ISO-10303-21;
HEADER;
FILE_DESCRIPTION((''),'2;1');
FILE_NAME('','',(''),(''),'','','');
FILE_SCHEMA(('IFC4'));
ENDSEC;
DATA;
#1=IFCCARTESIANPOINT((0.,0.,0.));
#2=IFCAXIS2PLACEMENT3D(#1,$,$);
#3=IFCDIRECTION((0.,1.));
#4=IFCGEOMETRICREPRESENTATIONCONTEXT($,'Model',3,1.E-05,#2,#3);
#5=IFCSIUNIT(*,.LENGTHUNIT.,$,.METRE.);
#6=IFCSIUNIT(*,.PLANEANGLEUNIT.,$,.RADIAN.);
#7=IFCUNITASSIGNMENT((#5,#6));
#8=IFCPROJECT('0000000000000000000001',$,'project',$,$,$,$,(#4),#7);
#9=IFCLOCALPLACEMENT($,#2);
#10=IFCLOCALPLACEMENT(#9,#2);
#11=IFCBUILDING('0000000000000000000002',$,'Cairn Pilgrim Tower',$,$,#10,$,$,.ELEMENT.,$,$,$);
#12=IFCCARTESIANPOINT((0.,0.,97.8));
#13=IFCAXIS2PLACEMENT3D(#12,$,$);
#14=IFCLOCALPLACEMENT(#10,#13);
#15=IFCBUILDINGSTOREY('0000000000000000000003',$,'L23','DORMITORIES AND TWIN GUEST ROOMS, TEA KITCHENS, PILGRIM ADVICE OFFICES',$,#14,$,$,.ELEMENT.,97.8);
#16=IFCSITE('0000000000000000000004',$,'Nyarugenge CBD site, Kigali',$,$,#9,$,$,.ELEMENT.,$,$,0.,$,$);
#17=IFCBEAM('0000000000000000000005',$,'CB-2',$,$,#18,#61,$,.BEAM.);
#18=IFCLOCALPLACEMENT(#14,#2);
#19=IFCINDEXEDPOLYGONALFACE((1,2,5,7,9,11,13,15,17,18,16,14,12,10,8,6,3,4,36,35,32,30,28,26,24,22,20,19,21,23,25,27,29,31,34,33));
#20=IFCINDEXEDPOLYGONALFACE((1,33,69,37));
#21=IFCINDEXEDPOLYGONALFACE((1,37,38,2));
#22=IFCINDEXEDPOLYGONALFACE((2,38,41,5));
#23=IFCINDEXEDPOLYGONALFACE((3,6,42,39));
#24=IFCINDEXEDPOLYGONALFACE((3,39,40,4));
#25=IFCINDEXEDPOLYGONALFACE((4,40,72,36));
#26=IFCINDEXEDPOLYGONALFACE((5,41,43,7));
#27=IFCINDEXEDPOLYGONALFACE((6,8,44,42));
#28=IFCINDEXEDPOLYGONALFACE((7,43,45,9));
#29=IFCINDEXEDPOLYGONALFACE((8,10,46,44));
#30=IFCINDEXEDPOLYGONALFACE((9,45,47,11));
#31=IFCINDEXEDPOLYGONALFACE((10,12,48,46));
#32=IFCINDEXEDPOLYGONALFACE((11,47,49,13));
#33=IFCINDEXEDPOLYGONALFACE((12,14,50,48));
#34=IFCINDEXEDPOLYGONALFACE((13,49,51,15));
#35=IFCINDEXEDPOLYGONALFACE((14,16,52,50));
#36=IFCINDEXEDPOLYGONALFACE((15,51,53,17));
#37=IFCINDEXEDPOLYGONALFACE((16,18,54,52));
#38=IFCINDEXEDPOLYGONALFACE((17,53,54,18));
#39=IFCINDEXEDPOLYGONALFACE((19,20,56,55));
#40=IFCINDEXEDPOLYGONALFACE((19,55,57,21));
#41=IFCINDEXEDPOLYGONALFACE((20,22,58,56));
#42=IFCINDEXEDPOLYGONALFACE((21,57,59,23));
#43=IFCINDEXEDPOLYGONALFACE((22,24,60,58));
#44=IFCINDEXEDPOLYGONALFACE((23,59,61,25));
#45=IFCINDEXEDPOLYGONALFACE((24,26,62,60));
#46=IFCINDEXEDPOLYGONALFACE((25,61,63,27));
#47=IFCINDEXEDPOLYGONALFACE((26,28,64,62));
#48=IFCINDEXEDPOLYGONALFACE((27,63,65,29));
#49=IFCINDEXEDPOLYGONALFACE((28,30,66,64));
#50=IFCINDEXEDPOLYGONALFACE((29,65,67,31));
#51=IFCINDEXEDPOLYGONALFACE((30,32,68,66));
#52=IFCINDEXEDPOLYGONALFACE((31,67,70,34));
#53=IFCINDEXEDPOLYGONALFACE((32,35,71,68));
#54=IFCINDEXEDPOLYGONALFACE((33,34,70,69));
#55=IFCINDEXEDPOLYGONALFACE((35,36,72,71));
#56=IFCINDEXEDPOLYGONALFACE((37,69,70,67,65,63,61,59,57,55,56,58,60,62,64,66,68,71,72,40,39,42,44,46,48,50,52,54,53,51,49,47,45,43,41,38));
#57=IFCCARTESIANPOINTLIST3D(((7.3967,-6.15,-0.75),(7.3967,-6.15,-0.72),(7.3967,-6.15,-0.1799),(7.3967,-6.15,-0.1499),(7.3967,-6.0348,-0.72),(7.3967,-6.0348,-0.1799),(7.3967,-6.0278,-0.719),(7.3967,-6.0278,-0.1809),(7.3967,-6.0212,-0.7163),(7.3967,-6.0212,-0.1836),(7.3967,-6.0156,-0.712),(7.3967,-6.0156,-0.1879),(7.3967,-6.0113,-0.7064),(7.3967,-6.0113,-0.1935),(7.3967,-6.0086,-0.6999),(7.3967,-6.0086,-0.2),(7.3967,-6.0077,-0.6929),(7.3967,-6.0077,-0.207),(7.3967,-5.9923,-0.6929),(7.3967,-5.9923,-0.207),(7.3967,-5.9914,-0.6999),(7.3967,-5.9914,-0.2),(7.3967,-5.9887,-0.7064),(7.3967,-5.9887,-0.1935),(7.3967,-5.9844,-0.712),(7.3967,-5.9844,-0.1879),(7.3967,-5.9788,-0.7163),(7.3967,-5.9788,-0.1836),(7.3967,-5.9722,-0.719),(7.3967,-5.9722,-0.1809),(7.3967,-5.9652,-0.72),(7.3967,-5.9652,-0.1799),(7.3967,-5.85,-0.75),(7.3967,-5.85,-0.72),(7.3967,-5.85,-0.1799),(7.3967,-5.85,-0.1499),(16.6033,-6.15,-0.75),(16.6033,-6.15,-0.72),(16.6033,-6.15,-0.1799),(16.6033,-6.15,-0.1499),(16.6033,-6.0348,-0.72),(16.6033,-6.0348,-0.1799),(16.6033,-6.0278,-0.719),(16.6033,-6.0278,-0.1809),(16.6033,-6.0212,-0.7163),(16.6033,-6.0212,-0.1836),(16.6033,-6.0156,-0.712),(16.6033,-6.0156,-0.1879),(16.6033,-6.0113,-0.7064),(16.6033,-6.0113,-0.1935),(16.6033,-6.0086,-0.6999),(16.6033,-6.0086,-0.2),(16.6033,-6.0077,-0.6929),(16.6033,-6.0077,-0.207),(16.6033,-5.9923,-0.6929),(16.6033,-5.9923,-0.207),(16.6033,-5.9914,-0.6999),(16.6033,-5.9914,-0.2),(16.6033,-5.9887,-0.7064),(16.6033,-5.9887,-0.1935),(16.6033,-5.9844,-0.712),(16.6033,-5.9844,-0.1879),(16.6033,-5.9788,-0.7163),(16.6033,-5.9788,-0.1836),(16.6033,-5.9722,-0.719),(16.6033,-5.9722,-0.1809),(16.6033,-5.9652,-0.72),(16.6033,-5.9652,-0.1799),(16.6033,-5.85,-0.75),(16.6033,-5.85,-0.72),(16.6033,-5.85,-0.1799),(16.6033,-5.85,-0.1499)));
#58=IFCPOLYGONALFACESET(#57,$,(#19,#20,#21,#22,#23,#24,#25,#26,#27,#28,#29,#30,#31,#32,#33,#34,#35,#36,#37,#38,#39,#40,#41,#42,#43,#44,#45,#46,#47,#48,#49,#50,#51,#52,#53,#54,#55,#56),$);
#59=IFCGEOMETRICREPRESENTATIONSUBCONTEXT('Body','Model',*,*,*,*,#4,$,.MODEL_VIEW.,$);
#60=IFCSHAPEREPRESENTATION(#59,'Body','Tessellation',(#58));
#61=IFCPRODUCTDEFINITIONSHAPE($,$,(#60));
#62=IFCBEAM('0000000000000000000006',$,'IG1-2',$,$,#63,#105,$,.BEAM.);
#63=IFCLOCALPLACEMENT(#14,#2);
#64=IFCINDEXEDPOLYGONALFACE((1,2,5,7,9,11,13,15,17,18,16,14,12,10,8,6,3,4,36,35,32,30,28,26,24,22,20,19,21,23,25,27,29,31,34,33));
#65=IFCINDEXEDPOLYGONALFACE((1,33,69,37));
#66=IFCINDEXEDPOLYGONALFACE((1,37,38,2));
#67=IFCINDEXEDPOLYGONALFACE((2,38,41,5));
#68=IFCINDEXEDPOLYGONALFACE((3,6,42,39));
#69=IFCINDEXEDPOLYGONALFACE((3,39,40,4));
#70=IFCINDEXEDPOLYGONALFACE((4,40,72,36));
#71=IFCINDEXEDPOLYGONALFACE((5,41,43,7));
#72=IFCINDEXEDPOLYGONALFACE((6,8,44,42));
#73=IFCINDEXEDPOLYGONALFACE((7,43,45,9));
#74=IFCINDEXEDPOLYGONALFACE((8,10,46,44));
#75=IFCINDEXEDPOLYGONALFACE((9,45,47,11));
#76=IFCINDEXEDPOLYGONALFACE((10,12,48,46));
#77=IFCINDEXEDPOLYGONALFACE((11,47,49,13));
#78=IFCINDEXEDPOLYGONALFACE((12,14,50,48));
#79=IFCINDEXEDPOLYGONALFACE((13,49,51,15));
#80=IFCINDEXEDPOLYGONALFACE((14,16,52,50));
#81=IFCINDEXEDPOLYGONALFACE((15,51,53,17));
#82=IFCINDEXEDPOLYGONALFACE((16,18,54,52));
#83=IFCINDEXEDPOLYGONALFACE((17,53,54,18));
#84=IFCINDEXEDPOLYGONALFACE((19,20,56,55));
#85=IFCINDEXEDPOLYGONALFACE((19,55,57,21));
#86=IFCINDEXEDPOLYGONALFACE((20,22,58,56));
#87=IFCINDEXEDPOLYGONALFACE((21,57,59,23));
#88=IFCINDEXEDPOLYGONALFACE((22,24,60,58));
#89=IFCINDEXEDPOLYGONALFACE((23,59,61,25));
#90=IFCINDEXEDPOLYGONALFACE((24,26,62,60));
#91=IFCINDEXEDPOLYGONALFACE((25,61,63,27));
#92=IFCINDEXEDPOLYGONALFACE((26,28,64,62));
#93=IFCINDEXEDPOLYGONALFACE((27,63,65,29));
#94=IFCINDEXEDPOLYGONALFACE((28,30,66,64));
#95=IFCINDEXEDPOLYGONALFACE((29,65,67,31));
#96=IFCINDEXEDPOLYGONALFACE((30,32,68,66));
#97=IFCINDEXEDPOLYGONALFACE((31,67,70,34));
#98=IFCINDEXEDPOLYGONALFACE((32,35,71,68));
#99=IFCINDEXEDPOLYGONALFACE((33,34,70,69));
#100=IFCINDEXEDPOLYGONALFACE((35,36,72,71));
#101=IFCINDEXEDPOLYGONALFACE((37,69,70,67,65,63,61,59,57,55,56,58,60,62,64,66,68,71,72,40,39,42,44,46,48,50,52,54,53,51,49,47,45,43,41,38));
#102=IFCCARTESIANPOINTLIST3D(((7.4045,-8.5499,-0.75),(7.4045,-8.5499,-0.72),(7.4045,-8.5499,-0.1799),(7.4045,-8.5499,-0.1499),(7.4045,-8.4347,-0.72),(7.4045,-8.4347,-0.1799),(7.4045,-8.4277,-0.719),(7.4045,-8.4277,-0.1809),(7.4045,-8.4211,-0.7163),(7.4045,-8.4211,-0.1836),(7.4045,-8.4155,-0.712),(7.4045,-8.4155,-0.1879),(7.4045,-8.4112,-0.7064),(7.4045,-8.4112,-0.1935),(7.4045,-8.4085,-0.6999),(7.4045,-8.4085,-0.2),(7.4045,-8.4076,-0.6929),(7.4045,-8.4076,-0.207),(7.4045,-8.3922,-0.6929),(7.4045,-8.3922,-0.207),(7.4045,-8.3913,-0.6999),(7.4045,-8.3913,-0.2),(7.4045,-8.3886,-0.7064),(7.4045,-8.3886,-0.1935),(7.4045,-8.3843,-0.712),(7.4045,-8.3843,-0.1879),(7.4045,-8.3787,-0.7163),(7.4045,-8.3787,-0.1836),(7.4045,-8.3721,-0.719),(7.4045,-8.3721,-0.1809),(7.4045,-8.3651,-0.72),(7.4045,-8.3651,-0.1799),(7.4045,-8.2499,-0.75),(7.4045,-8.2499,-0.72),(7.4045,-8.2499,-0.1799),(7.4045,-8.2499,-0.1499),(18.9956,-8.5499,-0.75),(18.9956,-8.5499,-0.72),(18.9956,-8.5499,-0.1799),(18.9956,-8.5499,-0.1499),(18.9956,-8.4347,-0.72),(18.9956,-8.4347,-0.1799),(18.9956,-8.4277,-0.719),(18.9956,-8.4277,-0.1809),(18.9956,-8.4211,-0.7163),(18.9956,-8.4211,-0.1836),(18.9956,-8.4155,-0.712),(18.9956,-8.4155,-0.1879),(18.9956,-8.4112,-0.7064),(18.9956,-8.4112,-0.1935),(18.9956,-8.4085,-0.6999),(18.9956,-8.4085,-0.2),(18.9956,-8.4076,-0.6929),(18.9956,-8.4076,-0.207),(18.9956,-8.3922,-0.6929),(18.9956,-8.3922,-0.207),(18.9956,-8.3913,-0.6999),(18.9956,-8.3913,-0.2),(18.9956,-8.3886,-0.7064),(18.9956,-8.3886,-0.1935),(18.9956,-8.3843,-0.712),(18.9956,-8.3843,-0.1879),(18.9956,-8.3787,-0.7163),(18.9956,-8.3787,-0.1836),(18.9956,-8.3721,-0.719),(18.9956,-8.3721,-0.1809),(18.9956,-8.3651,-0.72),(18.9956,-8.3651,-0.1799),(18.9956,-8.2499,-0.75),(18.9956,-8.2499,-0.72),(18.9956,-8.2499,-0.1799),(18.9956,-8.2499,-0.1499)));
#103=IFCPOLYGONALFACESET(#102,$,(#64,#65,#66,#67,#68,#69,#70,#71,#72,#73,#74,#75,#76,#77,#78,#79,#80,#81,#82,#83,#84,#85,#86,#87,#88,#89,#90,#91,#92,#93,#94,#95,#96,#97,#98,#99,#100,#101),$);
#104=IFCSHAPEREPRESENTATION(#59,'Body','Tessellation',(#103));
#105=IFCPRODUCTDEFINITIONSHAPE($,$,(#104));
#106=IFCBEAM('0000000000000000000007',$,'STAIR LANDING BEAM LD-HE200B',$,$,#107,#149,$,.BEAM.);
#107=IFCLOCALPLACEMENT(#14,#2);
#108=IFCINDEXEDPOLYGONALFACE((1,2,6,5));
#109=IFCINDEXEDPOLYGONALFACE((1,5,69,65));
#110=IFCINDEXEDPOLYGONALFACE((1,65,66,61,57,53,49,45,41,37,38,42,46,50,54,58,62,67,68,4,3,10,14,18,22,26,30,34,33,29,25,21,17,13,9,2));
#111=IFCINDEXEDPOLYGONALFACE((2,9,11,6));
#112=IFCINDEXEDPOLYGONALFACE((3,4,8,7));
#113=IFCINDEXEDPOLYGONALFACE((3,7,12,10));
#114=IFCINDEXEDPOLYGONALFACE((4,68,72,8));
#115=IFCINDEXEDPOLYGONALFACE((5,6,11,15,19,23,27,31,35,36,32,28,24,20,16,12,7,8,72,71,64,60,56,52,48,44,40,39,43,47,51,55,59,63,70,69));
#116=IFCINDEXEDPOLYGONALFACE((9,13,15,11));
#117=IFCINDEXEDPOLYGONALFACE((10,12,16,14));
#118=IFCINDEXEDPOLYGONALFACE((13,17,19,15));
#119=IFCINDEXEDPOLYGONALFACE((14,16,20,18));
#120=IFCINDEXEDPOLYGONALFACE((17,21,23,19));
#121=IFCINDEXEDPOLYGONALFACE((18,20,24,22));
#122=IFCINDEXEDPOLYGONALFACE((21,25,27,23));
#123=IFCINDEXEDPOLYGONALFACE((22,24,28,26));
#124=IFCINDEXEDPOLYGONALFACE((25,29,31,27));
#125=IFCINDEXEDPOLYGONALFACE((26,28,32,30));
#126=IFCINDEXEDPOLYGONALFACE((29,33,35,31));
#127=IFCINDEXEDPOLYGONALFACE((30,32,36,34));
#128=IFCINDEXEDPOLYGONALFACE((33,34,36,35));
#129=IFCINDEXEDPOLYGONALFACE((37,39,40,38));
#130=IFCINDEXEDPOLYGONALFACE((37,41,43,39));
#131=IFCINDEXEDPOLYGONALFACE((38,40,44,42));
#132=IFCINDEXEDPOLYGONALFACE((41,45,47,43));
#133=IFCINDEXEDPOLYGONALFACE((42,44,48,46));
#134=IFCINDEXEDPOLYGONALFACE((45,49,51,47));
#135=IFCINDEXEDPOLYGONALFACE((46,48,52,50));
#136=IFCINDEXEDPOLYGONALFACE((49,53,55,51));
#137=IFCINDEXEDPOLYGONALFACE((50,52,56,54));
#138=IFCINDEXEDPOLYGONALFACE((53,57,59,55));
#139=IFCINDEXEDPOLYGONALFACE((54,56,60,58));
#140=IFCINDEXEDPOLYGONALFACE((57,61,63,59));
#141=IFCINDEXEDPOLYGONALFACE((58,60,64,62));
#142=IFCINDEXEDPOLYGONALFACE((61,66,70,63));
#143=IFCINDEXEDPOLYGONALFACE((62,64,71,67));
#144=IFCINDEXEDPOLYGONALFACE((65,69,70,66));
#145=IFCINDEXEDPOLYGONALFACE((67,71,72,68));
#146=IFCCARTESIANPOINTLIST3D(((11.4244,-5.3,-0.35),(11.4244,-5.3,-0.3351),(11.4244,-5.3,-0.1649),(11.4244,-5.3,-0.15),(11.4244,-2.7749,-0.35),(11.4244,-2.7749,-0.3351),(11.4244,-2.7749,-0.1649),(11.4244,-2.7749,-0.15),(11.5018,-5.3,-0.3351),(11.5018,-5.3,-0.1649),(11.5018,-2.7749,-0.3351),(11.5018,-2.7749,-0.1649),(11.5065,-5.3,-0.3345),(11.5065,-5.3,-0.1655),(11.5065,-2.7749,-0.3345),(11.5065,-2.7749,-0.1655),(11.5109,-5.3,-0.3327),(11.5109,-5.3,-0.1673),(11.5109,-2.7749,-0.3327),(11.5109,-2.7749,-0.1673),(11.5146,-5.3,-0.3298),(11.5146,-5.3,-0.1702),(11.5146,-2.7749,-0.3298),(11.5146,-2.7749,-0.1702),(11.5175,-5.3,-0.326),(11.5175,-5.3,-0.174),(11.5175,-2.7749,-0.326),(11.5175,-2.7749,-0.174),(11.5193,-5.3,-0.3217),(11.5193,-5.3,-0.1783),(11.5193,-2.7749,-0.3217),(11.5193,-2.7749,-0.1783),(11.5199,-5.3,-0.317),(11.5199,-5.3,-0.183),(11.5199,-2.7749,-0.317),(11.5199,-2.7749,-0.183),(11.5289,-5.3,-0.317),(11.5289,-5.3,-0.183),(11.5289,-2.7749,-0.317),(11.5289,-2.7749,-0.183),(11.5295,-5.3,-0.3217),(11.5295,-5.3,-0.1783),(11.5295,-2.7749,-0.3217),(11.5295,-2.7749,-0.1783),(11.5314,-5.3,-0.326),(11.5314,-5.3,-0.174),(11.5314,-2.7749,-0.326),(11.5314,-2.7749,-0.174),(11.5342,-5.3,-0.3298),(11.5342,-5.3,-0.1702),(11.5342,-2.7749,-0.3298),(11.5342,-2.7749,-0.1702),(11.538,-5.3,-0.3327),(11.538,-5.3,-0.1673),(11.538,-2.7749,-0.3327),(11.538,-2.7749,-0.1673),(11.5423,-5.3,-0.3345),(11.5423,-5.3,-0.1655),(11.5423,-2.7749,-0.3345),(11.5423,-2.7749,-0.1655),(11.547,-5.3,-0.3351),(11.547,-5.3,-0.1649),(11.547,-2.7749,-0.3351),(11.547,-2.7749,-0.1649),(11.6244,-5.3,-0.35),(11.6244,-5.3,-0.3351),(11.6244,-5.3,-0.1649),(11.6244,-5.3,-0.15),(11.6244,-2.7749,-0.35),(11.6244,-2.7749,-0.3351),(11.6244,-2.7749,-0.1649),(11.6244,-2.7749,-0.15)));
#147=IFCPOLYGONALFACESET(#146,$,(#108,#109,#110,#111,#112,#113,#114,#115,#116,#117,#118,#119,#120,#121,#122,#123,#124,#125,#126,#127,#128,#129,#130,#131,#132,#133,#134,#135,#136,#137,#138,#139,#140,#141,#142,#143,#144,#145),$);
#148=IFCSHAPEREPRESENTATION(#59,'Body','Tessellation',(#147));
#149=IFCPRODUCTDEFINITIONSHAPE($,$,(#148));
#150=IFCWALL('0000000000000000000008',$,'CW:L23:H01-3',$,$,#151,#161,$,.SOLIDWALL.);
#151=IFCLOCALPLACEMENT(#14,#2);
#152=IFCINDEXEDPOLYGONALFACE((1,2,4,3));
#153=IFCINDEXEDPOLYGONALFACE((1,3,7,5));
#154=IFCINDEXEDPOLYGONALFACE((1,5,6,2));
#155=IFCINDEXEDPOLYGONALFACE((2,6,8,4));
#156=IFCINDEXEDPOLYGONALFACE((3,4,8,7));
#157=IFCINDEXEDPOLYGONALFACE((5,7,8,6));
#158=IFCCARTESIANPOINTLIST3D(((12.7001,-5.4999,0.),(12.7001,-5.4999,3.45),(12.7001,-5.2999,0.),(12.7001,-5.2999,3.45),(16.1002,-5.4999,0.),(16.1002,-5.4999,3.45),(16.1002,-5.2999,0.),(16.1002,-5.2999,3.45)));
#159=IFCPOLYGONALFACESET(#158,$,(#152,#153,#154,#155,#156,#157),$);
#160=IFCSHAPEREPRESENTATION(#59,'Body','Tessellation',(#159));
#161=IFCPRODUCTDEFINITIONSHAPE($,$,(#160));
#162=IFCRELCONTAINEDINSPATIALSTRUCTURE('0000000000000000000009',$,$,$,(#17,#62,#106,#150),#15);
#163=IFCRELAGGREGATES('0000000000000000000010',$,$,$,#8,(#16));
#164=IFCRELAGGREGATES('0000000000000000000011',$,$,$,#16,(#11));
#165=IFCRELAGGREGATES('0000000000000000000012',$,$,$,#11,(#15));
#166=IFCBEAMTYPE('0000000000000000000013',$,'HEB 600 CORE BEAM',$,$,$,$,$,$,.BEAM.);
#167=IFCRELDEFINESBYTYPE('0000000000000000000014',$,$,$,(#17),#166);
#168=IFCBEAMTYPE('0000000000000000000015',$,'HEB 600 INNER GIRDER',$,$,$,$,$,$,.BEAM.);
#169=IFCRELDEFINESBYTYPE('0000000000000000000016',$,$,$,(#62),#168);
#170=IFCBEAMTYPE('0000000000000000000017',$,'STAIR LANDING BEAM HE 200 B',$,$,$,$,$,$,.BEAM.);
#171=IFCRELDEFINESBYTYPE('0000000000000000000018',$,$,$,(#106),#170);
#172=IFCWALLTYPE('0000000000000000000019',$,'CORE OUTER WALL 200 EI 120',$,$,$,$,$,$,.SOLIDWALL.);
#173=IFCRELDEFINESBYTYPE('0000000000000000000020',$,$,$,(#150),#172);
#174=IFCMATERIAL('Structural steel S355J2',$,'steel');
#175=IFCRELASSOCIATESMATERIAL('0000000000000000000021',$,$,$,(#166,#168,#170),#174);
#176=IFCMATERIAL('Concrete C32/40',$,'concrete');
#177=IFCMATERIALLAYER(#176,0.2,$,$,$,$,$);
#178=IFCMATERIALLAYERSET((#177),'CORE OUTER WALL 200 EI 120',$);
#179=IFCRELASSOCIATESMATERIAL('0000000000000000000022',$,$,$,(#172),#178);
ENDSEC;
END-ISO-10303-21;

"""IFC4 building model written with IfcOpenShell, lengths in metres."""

from ifc_helpers import new_model, si_unit, direction, frame, frame_2d, origin, origin_2d, place, context, subcontext, project, spatial, rectangle, i_section, extrude, material, layer, layer_set, material_profile, profile_set, type_object, element, save


model = new_model("IFC4")

# Units and contexts
model_context = context("Model", 3, precision=1e-05, world=origin(), true_north=direction((0.0, 1.0)))
body_context = subcontext(model_context, "Body", "Model", "MODEL_VIEW")
ifc_project = project(units=[si_unit("LENGTHUNIT", "METRE"), si_unit("PLANEANGLEUNIT", "RADIAN")], contexts=[model_context])

# Site, building, storey
site_placement = place(None, origin())
site = spatial("IfcSite", under=ifc_project, at=site_placement, Name="Nyarugenge CBD site, Kigali", CompositionType="ELEMENT", RefElevation=0.0)
building_placement = place(site_placement, origin())
building = spatial("IfcBuilding", under=site, at=building_placement, Name="Cairn Pilgrim Tower", CompositionType="ELEMENT")
storey_placement = place(building_placement, frame((0.0, 0.0, 97.8)))
storey = spatial("IfcBuildingStorey", under=building, at=storey_placement, Name="L23", Description="DORMITORIES AND TWIN GUEST ROOMS, TEA KITCHENS, PILGRIM ADVICE OFFICES", CompositionType="ELEMENT", Elevation=97.8)

# Beams
ifc_material_1 = material(Name="Structural steel S355J2", Category="steel")
ifc_material_profile_1 = material_profile(ifc_material_1, i_section(OverallWidth=0.3, OverallDepth=0.6001, WebThickness=0.0154, FlangeThickness=0.03, FilletRadius=0.0271, at=origin_2d()), Name="HEB 600")
ifc_profile_set_1 = profile_set([ifc_material_profile_1], Name="Structural steel S355J2")
beam_type_1 = type_object("IfcBeamType", Name="HEB 600 CORE BEAM", PredefinedType="BEAM", material=ifc_profile_set_1)
beam_1_placement = place(storey_placement, frame((7.3967, -6.0, -0.45), z_axis=(1.0, 0.0, 0.0), x_axis=(0.0, 1.0, 0.0)))
element("IfcBeam", 1, at=beam_1_placement, inside=storey, type_object=beam_type_1, Name="CB-2", PredefinedType="BEAM", context=body_context, shape_type="SweptSolid", body=[
    extrude(i_section(OverallWidth=0.3, OverallDepth=0.6001, WebThickness=0.0154, FlangeThickness=0.03, FilletRadius=0.0271, at=origin_2d()), origin(), (0.0, 0.0, 1.0), 9.2065),
])
ifc_material_profile_2 = material_profile(ifc_material_1, i_section(OverallWidth=0.3, OverallDepth=0.6001, WebThickness=0.0154, FlangeThickness=0.03, FilletRadius=0.0271, at=origin_2d()), Name="HEB 600")
ifc_profile_set_2 = profile_set([ifc_material_profile_2], Name="Structural steel S355J2")
beam_type_2 = type_object("IfcBeamType", Name="HEB 600 INNER GIRDER", PredefinedType="BEAM", material=ifc_profile_set_2)
beam_2_placement = place(storey_placement, frame((7.4045, -8.3999, -0.45), z_axis=(1.0, 0.0, 0.0), x_axis=(0.0, 1.0, 0.0)))
element("IfcBeam", 2, at=beam_2_placement, inside=storey, type_object=beam_type_2, Name="IG1-2", PredefinedType="BEAM", context=body_context, shape_type="SweptSolid", body=[
    extrude(i_section(OverallWidth=0.3, OverallDepth=0.6001, WebThickness=0.0154, FlangeThickness=0.03, FilletRadius=0.0271, at=origin_2d()), origin(), (0.0, 0.0, 1.0), 11.5911),
])
ifc_material_profile_3 = material_profile(ifc_material_1, i_section(OverallWidth=0.2, OverallDepth=0.2, WebThickness=0.009, FlangeThickness=0.0149, FilletRadius=0.0181, at=origin_2d()), Name="HE 200 B")
ifc_profile_set_3 = profile_set([ifc_material_profile_3], Name="Structural steel S355J2")
beam_type_3 = type_object("IfcBeamType", Name="STAIR LANDING BEAM HE 200 B", PredefinedType="BEAM", material=ifc_profile_set_3)
beam_3_placement = place(storey_placement, frame((11.5244, -2.7749, -0.25), z_axis=(0.0, -1.0, 0.0), x_axis=(1.0, 0.0, 0.0)))
element("IfcBeam", 3, at=beam_3_placement, inside=storey, type_object=beam_type_3, Name="STAIR LANDING BEAM LD-HE200B", PredefinedType="BEAM", context=body_context, shape_type="SweptSolid", body=[
    extrude(i_section(OverallWidth=0.2, OverallDepth=0.2, WebThickness=0.009, FlangeThickness=0.0149, FilletRadius=0.0181, at=origin_2d()), origin(), (0.0, 0.0, 1.0), 2.5251),
])

# Wall
ifc_material_2 = material(Name="Concrete C32/40", Category="concrete")
ifc_layer_1 = layer(ifc_material_2, 0.2)
ifc_layer_set_1 = layer_set([ifc_layer_1], Name="CORE OUTER WALL 200 EI 120")
wall_type_1 = type_object("IfcWallType", Name="CORE OUTER WALL 200 EI 120", PredefinedType="SOLIDWALL", material=ifc_layer_set_1)
wall_1_placement = place(storey_placement, frame((12.7, -5.3999, 0.0), z_axis=(0.0, 0.0, 1.0), x_axis=(1.0, 0.0, 0.0)))
element("IfcWall", 4, at=wall_1_placement, inside=storey, type_object=wall_type_1, Name="CW:L23:H01-3", PredefinedType="SOLIDWALL", context=body_context, shape_type="SweptSolid", body=[
    extrude(rectangle(XDim=3.4001, YDim=0.2, at=frame_2d((1.7002, 0.0))), origin(), (0.0, 0.0, 1.0), 3.45),
])

save(model, "model.ifc")
